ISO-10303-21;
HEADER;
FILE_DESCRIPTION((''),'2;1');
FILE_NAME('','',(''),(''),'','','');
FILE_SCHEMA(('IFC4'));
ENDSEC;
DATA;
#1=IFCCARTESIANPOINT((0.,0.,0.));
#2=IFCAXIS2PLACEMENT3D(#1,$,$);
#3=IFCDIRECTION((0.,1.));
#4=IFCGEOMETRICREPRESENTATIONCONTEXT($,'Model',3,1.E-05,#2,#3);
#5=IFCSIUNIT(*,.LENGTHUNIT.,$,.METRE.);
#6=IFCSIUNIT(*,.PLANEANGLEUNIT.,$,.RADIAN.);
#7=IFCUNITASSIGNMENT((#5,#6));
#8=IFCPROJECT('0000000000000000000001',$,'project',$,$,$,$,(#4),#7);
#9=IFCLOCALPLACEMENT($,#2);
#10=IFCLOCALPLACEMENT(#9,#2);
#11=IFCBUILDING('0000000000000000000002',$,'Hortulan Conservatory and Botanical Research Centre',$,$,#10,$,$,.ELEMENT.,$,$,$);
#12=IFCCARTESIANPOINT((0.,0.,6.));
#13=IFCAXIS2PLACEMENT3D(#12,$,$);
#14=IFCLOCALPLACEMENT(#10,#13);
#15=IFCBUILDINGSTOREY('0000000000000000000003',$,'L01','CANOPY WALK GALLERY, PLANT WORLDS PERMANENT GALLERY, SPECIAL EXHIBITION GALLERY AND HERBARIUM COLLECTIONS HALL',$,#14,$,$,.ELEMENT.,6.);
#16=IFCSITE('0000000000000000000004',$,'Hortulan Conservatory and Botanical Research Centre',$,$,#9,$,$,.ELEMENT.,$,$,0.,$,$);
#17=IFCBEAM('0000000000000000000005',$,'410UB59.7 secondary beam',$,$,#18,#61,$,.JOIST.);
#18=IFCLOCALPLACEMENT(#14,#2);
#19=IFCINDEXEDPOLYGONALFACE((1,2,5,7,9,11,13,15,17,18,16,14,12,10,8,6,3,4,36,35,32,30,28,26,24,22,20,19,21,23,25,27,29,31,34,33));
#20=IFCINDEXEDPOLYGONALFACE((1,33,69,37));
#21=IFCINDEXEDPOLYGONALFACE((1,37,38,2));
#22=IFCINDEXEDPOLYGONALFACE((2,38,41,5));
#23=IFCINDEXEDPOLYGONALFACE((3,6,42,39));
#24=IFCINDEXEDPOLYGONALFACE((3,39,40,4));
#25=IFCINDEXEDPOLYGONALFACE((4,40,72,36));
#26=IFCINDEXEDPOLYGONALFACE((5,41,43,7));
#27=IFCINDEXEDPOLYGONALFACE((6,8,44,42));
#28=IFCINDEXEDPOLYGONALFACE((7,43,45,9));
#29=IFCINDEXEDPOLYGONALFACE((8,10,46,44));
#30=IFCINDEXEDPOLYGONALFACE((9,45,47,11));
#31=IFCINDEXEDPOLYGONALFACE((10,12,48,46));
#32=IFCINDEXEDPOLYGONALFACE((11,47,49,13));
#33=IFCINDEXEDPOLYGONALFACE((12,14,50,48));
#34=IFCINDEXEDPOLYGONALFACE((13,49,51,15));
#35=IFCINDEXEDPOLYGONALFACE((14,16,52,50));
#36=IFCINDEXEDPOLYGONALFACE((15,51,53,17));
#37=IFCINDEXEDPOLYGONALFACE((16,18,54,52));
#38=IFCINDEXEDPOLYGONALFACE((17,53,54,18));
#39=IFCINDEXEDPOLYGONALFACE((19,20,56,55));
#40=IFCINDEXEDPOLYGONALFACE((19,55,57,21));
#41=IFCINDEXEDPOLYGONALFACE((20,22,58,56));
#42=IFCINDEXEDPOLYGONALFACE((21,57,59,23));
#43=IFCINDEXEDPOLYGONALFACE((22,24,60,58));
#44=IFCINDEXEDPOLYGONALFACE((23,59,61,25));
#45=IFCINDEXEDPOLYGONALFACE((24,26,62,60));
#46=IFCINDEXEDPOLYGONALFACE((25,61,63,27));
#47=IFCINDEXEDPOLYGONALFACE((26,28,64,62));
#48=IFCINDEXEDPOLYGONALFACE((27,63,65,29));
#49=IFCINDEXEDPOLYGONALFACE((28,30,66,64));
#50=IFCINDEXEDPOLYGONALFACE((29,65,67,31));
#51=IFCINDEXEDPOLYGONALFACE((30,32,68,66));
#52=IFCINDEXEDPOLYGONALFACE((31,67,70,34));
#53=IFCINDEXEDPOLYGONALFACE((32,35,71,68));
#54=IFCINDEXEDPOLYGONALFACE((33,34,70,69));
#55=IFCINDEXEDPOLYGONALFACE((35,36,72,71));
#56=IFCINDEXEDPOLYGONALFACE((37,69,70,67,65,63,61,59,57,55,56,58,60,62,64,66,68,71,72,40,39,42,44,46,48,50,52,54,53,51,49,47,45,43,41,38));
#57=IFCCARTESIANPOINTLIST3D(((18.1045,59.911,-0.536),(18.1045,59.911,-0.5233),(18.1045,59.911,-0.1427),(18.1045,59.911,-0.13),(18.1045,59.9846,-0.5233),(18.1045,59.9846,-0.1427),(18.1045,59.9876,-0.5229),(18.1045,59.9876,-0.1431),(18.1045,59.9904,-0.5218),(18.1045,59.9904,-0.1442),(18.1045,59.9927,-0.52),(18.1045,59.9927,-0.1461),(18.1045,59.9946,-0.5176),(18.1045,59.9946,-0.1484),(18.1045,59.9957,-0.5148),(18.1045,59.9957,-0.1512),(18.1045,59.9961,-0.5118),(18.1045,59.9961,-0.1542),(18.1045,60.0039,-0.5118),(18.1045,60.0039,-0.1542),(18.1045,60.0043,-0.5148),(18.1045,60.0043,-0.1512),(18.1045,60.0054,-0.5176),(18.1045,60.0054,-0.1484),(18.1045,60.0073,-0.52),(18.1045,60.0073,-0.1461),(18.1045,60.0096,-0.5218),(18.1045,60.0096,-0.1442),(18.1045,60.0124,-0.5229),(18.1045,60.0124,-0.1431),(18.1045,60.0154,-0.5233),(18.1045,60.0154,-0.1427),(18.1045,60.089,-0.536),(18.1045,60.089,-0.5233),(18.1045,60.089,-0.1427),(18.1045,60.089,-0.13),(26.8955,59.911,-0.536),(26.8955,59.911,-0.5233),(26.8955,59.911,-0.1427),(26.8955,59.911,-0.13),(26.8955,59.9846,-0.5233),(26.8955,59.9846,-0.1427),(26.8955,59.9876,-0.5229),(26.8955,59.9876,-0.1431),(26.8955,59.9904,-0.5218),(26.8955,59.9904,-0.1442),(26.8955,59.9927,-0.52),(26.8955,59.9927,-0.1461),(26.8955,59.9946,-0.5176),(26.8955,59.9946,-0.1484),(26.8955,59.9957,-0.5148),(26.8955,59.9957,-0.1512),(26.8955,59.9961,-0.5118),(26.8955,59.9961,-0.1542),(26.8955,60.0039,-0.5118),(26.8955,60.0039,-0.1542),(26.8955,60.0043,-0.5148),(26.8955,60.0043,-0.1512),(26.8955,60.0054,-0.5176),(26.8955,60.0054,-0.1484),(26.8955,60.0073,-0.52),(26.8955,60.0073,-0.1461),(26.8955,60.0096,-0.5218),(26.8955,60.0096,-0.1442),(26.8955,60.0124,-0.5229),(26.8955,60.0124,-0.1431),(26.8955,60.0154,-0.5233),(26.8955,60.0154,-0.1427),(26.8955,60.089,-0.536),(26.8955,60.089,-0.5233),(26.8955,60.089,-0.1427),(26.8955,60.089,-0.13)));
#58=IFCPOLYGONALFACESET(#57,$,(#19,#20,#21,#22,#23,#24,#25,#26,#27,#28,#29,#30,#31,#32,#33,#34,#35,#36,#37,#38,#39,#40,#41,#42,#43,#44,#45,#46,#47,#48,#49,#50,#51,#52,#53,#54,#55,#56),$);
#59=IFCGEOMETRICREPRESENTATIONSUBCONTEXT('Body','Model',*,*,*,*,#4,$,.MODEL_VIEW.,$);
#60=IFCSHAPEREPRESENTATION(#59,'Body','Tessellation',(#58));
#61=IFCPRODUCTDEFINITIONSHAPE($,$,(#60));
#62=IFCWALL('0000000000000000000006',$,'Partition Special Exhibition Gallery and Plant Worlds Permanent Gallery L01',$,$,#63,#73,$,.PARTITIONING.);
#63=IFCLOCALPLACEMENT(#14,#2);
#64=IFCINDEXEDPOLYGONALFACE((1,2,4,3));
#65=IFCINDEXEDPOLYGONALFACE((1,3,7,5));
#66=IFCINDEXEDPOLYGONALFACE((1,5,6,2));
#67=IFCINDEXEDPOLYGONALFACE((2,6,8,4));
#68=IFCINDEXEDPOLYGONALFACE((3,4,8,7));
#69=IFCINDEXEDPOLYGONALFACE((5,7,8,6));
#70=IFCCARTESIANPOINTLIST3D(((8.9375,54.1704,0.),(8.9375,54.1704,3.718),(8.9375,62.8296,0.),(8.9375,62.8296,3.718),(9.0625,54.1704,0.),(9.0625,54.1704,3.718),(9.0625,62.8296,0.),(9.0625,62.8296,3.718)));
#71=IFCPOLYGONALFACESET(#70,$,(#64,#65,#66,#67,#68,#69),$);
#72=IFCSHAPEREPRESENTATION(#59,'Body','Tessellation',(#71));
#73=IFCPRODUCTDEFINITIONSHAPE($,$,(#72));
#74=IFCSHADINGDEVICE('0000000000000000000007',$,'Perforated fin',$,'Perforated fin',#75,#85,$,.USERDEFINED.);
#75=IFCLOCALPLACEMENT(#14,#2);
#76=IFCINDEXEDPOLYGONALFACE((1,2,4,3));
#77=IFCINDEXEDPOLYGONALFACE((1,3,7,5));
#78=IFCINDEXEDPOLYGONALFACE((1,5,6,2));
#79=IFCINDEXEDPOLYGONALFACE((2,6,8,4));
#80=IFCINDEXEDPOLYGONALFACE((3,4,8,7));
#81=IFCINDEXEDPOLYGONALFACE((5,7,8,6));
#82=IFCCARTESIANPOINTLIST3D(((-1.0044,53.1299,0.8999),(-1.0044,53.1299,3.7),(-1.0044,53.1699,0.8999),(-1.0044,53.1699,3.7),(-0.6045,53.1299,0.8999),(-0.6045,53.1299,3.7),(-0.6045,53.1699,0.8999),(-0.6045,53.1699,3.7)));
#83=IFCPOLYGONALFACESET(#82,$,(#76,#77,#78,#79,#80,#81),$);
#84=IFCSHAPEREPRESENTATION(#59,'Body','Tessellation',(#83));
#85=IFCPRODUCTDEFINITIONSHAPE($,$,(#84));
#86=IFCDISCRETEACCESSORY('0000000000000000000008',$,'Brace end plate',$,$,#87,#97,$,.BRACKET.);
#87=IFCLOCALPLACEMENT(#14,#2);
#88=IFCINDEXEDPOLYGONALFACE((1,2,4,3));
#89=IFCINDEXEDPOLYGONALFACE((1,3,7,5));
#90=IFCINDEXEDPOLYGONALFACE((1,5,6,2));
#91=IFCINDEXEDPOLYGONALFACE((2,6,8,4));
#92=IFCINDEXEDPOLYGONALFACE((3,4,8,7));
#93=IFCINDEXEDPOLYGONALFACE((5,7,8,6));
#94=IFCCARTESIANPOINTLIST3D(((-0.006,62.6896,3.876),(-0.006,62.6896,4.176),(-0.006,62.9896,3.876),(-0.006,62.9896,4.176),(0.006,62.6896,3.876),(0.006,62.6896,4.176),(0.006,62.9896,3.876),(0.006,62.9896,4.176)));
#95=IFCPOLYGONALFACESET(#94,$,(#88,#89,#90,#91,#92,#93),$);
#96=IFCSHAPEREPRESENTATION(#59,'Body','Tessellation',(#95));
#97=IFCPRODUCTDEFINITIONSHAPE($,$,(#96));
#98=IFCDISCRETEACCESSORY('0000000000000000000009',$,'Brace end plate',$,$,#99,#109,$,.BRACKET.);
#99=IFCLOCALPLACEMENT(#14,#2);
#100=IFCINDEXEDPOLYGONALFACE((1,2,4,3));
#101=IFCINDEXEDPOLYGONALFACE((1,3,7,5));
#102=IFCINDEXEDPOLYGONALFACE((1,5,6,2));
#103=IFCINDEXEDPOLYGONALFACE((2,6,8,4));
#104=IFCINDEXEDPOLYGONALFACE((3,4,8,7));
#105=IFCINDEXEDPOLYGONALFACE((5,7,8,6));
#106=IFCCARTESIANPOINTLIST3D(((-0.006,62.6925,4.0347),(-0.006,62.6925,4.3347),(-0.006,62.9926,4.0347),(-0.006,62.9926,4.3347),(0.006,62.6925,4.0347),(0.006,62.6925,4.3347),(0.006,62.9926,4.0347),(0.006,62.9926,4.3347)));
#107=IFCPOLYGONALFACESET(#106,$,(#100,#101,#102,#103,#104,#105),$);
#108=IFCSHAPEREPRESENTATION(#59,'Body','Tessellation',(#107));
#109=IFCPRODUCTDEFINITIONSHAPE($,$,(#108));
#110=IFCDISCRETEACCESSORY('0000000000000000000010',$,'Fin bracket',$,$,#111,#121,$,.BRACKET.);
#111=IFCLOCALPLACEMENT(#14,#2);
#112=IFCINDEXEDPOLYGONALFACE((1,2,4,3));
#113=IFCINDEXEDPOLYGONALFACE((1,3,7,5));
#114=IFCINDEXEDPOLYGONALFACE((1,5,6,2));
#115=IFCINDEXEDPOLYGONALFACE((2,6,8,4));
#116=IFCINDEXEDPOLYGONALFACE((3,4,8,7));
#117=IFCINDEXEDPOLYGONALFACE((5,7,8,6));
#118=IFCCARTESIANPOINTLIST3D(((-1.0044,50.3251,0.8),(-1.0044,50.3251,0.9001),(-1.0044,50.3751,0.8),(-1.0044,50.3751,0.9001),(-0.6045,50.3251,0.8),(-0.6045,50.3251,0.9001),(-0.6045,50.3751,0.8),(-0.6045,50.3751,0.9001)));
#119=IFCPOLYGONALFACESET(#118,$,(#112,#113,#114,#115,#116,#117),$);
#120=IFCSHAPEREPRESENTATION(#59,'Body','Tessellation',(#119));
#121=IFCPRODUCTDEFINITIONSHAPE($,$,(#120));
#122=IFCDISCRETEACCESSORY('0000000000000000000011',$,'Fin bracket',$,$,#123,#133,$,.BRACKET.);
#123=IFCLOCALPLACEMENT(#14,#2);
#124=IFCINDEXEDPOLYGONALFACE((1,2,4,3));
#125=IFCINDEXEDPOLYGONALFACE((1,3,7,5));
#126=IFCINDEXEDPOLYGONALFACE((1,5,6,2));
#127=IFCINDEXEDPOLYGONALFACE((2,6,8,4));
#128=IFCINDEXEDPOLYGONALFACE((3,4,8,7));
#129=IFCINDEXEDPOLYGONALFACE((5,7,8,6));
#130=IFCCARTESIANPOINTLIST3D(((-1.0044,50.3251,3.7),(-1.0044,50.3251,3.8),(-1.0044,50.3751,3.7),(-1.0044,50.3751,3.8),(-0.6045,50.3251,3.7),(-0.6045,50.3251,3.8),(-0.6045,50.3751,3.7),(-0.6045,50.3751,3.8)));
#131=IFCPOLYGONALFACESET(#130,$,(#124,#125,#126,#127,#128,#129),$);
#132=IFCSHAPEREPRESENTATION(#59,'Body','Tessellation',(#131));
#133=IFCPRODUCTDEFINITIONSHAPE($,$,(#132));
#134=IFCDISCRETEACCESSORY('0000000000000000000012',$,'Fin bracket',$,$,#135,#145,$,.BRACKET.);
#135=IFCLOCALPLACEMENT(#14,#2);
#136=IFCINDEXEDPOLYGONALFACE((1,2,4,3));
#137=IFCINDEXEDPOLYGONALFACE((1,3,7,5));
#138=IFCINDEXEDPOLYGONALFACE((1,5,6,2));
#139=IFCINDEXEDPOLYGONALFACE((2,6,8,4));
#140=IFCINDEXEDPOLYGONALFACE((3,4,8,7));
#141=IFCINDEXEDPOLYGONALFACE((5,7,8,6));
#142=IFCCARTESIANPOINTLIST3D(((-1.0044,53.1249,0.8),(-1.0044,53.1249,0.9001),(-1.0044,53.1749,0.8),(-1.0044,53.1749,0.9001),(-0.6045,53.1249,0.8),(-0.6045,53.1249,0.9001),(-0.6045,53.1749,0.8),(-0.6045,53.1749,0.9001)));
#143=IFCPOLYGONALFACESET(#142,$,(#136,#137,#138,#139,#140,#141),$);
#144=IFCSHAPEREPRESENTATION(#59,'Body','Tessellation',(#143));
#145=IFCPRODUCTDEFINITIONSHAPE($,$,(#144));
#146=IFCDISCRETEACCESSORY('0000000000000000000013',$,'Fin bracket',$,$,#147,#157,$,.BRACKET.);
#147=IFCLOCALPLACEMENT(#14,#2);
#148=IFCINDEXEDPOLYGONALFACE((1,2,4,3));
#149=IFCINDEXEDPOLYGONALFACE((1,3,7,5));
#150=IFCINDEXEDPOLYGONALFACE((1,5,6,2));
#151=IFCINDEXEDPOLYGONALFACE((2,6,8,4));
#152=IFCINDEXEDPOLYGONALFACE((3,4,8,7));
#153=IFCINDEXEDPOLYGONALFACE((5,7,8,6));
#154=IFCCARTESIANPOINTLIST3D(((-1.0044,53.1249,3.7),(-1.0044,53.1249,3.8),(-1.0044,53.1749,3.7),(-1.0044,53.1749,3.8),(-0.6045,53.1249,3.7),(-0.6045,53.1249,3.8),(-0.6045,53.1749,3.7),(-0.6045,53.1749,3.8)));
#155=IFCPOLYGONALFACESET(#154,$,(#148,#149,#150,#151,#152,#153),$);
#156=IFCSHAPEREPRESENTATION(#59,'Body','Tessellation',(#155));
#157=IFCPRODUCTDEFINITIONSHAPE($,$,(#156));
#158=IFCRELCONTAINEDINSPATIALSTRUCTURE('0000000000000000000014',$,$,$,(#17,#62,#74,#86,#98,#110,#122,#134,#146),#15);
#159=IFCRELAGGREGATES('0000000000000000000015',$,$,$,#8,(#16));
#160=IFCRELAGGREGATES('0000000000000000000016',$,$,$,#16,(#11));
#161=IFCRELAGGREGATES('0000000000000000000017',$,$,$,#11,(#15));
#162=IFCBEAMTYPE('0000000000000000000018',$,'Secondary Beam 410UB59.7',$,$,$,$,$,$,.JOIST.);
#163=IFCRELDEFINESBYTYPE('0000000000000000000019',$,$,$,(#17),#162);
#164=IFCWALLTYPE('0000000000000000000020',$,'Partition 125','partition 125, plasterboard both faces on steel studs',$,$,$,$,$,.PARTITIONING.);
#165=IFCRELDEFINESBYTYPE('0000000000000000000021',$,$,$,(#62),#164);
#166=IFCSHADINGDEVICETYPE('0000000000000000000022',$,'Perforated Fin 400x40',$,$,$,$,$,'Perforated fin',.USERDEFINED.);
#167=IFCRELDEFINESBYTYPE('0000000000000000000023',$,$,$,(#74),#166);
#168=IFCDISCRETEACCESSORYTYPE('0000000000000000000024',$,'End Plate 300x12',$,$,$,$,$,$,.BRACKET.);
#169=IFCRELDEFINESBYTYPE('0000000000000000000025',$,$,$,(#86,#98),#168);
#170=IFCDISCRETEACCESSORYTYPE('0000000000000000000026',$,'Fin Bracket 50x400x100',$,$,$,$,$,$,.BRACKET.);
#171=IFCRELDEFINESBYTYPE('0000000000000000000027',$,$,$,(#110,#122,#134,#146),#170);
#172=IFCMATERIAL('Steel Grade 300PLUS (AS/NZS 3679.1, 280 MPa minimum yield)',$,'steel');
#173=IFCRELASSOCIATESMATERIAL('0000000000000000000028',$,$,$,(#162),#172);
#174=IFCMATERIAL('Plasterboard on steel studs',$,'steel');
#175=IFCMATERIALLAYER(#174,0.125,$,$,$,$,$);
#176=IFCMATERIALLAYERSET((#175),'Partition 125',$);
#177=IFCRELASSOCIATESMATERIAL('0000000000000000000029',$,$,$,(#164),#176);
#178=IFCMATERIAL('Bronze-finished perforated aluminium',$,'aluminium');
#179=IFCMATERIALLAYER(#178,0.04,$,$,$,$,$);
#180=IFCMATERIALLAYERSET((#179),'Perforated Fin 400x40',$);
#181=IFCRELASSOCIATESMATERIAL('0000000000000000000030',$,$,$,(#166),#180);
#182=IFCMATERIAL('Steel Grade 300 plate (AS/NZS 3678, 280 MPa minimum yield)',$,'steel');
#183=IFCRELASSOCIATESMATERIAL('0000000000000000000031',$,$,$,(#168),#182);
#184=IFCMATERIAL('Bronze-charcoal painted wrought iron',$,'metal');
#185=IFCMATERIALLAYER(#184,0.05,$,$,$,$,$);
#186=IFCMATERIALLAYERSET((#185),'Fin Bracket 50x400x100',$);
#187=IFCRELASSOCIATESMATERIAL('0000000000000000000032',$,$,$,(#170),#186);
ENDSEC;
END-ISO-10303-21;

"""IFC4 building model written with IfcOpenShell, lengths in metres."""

from ifc_helpers import new_model, si_unit, direction, frame, frame_2d, origin, origin_2d, place, context, subcontext, project, spatial, rectangle, i_section, extrude, material, layer, layer_set, material_profile, profile_set, type_object, element, save


model = new_model("IFC4")

# Units and contexts
model_context = context("Model", 3, precision=1e-05, world=origin(), true_north=direction((0.0, 1.0)))
body_context = subcontext(model_context, "Body", "Model", "MODEL_VIEW")
ifc_project = project(units=[si_unit("LENGTHUNIT", "METRE"), si_unit("PLANEANGLEUNIT", "RADIAN")], contexts=[model_context])

# Site, building, storey
site_placement = place(None, origin())
site = spatial("IfcSite", under=ifc_project, at=site_placement, Name="Hortulan Conservatory and Botanical Research Centre", CompositionType="ELEMENT", RefElevation=0.0)
building_placement = place(site_placement, origin())
building = spatial("IfcBuilding", under=site, at=building_placement, Name="Hortulan Conservatory and Botanical Research Centre", CompositionType="ELEMENT")
storey_placement = place(building_placement, frame((0.0, 0.0, 6.0)))
storey = spatial("IfcBuildingStorey", under=building, at=storey_placement, Name="L01", Description="CANOPY WALK GALLERY, PLANT WORLDS PERMANENT GALLERY, SPECIAL EXHIBITION GALLERY AND HERBARIUM COLLECTIONS HALL", CompositionType="ELEMENT", Elevation=6.0)

# Shared definitions
ifc_material_1 = material(Name="Steel Grade 300PLUS (AS/NZS 3679.1, 280 MPa minimum yield)", Category="steel")

# Beam
ifc_material_profile_1 = material_profile(ifc_material_1, i_section(OverallWidth=0.178, OverallDepth=0.406, WebThickness=0.0078, FlangeThickness=0.0127, FilletRadius=0.0115, at=origin_2d()), Name="410UB59.7")
ifc_profile_set_1 = profile_set([ifc_material_profile_1], Name="Steel Grade 300PLUS (AS/NZS 3679.1, 280 MPa minimum yield)")
beam_type_1 = type_object("IfcBeamType", Name="Secondary Beam 410UB59.7", PredefinedType="JOIST", material=ifc_profile_set_1)
for number, where, z_axis, x_axis, name in (
    (1, (18.1045, 60.0, -0.333), (1.0, 0.0, 0.0), (0.0, 1.0, 0.0), "410UB59.7 secondary beam"),
):
    element("IfcBeam", number, at=place(storey_placement, frame(where, z_axis=z_axis, x_axis=x_axis)), inside=storey, type_object=beam_type_1, Name=name, PredefinedType="JOIST", context=body_context, shape_type="SweptSolid", body=[
        extrude(i_section(OverallWidth=0.178, OverallDepth=0.406, WebThickness=0.0078, FlangeThickness=0.0127, FilletRadius=0.0115, at=origin_2d()), origin(), (0.0, 0.0, 1.0), 8.791),
    ])

# Wall
ifc_material_2 = material(Name="Plasterboard on steel studs", Category="steel")
ifc_layer_1 = layer(ifc_material_2, 0.125)
ifc_layer_set_1 = layer_set([ifc_layer_1], Name="Partition 125")
wall_type = type_object("IfcWallType", Name="Partition 125", Description="partition 125, plasterboard both faces on steel studs", PredefinedType="PARTITIONING", material=ifc_layer_set_1)
wall_placement = place(storey_placement, frame((9.0, 54.1704, 0.0), z_axis=(0.0, 0.0, 1.0), x_axis=(0.0, 1.0, 0.0)))
element("IfcWall", 2, at=wall_placement, inside=storey, type_object=wall_type, Name="Partition Special Exhibition Gallery and Plant Worlds Permanent Gallery L01", PredefinedType="PARTITIONING", context=body_context, shape_type="SweptSolid", body=[
    extrude(rectangle(XDim=8.6592, YDim=0.125, at=frame_2d((4.3296, 0.0))), origin(), (0.0, 0.0, 1.0), 3.718),
])

# Shading device
ifc_material_3 = material(Name="Bronze-finished perforated aluminium", Category="aluminium")
ifc_layer_2 = layer(ifc_material_3, 0.04)
ifc_layer_set_2 = layer_set([ifc_layer_2], Name="Perforated Fin 400x40")
shading_device_type = type_object("IfcShadingDeviceType", Name="Perforated Fin 400x40", ElementType="Perforated fin", PredefinedType="USERDEFINED", material=ifc_layer_set_2)
shading_device_placement = place(storey_placement, frame((-0.8044, 53.1499, 0.8999), z_axis=(0.0, 0.0, 1.0), x_axis=(0.0, 1.0, 0.0)))
element("IfcShadingDevice", 3, at=shading_device_placement, inside=storey, type_object=shading_device_type, Name="Perforated fin", ObjectType="Perforated fin", PredefinedType="USERDEFINED", context=body_context, shape_type="SweptSolid", body=[
    extrude(rectangle(XDim=0.04, YDim=0.3999, at=origin_2d()), origin(), (0.0, 0.0, 1.0), 2.8),
])

# Discrete accessories
ifc_material_4 = material(Name="Steel Grade 300 plate (AS/NZS 3678, 280 MPa minimum yield)", Category="steel")
discrete_accessory_type_1 = type_object("IfcDiscreteAccessoryType", Name="End Plate 300x12", PredefinedType="BRACKET", material=ifc_material_4)
for number, where, z_axis, x_axis, name in (
    (4, (0.0, 62.8396, 3.876), (0.0, 0.0, 1.0), (0.0, -1.0, 0.0), "Brace end plate"),
    (5, (0.0, 62.8425, 4.0347), (0.0, 0.0, 1.0), (0.0, -1.0, 0.0), "Brace end plate"),
):
    element("IfcDiscreteAccessory", number, at=place(storey_placement, frame(where, z_axis=z_axis, x_axis=x_axis)), inside=storey, type_object=discrete_accessory_type_1, Name=name, PredefinedType="BRACKET", context=body_context, shape_type="SweptSolid", body=[
        extrude(rectangle(XDim=0.3, YDim=0.012, at=origin_2d()), origin(), (0.0, 0.0, 1.0), 0.3),
    ])
ifc_material_5 = material(Name="Bronze-charcoal painted wrought iron", Category="metal")
ifc_layer_3 = layer(ifc_material_5, 0.05)
ifc_layer_set_3 = layer_set([ifc_layer_3], Name="Fin Bracket 50x400x100")
discrete_accessory_type_2 = type_object("IfcDiscreteAccessoryType", Name="Fin Bracket 50x400x100", PredefinedType="BRACKET", material=ifc_layer_set_3)
for number, where, z_axis, x_axis, name in (
    (6, (-0.8044, 50.3501, 0.8), (0.0, 0.0, 1.0), (0.0, 1.0, 0.0), "Fin bracket"),
    (7, (-0.8044, 50.3501, 3.7), (0.0, 0.0, 1.0), (0.0, 1.0, 0.0), "Fin bracket"),
    (8, (-0.8044, 53.1499, 0.8), (0.0, 0.0, 1.0), (0.0, 1.0, 0.0), "Fin bracket"),
    (9, (-0.8044, 53.1499, 3.7), (0.0, 0.0, 1.0), (0.0, 1.0, 0.0), "Fin bracket"),
):
    element("IfcDiscreteAccessory", number, at=place(storey_placement, frame(where, z_axis=z_axis, x_axis=x_axis)), inside=storey, type_object=discrete_accessory_type_2, Name=name, PredefinedType="BRACKET", context=body_context, shape_type="SweptSolid", body=[
        extrude(rectangle(XDim=0.05, YDim=0.3999, at=origin_2d()), origin(), (0.0, 0.0, 1.0), 0.1001),
    ])

save(model, "model.ifc")
